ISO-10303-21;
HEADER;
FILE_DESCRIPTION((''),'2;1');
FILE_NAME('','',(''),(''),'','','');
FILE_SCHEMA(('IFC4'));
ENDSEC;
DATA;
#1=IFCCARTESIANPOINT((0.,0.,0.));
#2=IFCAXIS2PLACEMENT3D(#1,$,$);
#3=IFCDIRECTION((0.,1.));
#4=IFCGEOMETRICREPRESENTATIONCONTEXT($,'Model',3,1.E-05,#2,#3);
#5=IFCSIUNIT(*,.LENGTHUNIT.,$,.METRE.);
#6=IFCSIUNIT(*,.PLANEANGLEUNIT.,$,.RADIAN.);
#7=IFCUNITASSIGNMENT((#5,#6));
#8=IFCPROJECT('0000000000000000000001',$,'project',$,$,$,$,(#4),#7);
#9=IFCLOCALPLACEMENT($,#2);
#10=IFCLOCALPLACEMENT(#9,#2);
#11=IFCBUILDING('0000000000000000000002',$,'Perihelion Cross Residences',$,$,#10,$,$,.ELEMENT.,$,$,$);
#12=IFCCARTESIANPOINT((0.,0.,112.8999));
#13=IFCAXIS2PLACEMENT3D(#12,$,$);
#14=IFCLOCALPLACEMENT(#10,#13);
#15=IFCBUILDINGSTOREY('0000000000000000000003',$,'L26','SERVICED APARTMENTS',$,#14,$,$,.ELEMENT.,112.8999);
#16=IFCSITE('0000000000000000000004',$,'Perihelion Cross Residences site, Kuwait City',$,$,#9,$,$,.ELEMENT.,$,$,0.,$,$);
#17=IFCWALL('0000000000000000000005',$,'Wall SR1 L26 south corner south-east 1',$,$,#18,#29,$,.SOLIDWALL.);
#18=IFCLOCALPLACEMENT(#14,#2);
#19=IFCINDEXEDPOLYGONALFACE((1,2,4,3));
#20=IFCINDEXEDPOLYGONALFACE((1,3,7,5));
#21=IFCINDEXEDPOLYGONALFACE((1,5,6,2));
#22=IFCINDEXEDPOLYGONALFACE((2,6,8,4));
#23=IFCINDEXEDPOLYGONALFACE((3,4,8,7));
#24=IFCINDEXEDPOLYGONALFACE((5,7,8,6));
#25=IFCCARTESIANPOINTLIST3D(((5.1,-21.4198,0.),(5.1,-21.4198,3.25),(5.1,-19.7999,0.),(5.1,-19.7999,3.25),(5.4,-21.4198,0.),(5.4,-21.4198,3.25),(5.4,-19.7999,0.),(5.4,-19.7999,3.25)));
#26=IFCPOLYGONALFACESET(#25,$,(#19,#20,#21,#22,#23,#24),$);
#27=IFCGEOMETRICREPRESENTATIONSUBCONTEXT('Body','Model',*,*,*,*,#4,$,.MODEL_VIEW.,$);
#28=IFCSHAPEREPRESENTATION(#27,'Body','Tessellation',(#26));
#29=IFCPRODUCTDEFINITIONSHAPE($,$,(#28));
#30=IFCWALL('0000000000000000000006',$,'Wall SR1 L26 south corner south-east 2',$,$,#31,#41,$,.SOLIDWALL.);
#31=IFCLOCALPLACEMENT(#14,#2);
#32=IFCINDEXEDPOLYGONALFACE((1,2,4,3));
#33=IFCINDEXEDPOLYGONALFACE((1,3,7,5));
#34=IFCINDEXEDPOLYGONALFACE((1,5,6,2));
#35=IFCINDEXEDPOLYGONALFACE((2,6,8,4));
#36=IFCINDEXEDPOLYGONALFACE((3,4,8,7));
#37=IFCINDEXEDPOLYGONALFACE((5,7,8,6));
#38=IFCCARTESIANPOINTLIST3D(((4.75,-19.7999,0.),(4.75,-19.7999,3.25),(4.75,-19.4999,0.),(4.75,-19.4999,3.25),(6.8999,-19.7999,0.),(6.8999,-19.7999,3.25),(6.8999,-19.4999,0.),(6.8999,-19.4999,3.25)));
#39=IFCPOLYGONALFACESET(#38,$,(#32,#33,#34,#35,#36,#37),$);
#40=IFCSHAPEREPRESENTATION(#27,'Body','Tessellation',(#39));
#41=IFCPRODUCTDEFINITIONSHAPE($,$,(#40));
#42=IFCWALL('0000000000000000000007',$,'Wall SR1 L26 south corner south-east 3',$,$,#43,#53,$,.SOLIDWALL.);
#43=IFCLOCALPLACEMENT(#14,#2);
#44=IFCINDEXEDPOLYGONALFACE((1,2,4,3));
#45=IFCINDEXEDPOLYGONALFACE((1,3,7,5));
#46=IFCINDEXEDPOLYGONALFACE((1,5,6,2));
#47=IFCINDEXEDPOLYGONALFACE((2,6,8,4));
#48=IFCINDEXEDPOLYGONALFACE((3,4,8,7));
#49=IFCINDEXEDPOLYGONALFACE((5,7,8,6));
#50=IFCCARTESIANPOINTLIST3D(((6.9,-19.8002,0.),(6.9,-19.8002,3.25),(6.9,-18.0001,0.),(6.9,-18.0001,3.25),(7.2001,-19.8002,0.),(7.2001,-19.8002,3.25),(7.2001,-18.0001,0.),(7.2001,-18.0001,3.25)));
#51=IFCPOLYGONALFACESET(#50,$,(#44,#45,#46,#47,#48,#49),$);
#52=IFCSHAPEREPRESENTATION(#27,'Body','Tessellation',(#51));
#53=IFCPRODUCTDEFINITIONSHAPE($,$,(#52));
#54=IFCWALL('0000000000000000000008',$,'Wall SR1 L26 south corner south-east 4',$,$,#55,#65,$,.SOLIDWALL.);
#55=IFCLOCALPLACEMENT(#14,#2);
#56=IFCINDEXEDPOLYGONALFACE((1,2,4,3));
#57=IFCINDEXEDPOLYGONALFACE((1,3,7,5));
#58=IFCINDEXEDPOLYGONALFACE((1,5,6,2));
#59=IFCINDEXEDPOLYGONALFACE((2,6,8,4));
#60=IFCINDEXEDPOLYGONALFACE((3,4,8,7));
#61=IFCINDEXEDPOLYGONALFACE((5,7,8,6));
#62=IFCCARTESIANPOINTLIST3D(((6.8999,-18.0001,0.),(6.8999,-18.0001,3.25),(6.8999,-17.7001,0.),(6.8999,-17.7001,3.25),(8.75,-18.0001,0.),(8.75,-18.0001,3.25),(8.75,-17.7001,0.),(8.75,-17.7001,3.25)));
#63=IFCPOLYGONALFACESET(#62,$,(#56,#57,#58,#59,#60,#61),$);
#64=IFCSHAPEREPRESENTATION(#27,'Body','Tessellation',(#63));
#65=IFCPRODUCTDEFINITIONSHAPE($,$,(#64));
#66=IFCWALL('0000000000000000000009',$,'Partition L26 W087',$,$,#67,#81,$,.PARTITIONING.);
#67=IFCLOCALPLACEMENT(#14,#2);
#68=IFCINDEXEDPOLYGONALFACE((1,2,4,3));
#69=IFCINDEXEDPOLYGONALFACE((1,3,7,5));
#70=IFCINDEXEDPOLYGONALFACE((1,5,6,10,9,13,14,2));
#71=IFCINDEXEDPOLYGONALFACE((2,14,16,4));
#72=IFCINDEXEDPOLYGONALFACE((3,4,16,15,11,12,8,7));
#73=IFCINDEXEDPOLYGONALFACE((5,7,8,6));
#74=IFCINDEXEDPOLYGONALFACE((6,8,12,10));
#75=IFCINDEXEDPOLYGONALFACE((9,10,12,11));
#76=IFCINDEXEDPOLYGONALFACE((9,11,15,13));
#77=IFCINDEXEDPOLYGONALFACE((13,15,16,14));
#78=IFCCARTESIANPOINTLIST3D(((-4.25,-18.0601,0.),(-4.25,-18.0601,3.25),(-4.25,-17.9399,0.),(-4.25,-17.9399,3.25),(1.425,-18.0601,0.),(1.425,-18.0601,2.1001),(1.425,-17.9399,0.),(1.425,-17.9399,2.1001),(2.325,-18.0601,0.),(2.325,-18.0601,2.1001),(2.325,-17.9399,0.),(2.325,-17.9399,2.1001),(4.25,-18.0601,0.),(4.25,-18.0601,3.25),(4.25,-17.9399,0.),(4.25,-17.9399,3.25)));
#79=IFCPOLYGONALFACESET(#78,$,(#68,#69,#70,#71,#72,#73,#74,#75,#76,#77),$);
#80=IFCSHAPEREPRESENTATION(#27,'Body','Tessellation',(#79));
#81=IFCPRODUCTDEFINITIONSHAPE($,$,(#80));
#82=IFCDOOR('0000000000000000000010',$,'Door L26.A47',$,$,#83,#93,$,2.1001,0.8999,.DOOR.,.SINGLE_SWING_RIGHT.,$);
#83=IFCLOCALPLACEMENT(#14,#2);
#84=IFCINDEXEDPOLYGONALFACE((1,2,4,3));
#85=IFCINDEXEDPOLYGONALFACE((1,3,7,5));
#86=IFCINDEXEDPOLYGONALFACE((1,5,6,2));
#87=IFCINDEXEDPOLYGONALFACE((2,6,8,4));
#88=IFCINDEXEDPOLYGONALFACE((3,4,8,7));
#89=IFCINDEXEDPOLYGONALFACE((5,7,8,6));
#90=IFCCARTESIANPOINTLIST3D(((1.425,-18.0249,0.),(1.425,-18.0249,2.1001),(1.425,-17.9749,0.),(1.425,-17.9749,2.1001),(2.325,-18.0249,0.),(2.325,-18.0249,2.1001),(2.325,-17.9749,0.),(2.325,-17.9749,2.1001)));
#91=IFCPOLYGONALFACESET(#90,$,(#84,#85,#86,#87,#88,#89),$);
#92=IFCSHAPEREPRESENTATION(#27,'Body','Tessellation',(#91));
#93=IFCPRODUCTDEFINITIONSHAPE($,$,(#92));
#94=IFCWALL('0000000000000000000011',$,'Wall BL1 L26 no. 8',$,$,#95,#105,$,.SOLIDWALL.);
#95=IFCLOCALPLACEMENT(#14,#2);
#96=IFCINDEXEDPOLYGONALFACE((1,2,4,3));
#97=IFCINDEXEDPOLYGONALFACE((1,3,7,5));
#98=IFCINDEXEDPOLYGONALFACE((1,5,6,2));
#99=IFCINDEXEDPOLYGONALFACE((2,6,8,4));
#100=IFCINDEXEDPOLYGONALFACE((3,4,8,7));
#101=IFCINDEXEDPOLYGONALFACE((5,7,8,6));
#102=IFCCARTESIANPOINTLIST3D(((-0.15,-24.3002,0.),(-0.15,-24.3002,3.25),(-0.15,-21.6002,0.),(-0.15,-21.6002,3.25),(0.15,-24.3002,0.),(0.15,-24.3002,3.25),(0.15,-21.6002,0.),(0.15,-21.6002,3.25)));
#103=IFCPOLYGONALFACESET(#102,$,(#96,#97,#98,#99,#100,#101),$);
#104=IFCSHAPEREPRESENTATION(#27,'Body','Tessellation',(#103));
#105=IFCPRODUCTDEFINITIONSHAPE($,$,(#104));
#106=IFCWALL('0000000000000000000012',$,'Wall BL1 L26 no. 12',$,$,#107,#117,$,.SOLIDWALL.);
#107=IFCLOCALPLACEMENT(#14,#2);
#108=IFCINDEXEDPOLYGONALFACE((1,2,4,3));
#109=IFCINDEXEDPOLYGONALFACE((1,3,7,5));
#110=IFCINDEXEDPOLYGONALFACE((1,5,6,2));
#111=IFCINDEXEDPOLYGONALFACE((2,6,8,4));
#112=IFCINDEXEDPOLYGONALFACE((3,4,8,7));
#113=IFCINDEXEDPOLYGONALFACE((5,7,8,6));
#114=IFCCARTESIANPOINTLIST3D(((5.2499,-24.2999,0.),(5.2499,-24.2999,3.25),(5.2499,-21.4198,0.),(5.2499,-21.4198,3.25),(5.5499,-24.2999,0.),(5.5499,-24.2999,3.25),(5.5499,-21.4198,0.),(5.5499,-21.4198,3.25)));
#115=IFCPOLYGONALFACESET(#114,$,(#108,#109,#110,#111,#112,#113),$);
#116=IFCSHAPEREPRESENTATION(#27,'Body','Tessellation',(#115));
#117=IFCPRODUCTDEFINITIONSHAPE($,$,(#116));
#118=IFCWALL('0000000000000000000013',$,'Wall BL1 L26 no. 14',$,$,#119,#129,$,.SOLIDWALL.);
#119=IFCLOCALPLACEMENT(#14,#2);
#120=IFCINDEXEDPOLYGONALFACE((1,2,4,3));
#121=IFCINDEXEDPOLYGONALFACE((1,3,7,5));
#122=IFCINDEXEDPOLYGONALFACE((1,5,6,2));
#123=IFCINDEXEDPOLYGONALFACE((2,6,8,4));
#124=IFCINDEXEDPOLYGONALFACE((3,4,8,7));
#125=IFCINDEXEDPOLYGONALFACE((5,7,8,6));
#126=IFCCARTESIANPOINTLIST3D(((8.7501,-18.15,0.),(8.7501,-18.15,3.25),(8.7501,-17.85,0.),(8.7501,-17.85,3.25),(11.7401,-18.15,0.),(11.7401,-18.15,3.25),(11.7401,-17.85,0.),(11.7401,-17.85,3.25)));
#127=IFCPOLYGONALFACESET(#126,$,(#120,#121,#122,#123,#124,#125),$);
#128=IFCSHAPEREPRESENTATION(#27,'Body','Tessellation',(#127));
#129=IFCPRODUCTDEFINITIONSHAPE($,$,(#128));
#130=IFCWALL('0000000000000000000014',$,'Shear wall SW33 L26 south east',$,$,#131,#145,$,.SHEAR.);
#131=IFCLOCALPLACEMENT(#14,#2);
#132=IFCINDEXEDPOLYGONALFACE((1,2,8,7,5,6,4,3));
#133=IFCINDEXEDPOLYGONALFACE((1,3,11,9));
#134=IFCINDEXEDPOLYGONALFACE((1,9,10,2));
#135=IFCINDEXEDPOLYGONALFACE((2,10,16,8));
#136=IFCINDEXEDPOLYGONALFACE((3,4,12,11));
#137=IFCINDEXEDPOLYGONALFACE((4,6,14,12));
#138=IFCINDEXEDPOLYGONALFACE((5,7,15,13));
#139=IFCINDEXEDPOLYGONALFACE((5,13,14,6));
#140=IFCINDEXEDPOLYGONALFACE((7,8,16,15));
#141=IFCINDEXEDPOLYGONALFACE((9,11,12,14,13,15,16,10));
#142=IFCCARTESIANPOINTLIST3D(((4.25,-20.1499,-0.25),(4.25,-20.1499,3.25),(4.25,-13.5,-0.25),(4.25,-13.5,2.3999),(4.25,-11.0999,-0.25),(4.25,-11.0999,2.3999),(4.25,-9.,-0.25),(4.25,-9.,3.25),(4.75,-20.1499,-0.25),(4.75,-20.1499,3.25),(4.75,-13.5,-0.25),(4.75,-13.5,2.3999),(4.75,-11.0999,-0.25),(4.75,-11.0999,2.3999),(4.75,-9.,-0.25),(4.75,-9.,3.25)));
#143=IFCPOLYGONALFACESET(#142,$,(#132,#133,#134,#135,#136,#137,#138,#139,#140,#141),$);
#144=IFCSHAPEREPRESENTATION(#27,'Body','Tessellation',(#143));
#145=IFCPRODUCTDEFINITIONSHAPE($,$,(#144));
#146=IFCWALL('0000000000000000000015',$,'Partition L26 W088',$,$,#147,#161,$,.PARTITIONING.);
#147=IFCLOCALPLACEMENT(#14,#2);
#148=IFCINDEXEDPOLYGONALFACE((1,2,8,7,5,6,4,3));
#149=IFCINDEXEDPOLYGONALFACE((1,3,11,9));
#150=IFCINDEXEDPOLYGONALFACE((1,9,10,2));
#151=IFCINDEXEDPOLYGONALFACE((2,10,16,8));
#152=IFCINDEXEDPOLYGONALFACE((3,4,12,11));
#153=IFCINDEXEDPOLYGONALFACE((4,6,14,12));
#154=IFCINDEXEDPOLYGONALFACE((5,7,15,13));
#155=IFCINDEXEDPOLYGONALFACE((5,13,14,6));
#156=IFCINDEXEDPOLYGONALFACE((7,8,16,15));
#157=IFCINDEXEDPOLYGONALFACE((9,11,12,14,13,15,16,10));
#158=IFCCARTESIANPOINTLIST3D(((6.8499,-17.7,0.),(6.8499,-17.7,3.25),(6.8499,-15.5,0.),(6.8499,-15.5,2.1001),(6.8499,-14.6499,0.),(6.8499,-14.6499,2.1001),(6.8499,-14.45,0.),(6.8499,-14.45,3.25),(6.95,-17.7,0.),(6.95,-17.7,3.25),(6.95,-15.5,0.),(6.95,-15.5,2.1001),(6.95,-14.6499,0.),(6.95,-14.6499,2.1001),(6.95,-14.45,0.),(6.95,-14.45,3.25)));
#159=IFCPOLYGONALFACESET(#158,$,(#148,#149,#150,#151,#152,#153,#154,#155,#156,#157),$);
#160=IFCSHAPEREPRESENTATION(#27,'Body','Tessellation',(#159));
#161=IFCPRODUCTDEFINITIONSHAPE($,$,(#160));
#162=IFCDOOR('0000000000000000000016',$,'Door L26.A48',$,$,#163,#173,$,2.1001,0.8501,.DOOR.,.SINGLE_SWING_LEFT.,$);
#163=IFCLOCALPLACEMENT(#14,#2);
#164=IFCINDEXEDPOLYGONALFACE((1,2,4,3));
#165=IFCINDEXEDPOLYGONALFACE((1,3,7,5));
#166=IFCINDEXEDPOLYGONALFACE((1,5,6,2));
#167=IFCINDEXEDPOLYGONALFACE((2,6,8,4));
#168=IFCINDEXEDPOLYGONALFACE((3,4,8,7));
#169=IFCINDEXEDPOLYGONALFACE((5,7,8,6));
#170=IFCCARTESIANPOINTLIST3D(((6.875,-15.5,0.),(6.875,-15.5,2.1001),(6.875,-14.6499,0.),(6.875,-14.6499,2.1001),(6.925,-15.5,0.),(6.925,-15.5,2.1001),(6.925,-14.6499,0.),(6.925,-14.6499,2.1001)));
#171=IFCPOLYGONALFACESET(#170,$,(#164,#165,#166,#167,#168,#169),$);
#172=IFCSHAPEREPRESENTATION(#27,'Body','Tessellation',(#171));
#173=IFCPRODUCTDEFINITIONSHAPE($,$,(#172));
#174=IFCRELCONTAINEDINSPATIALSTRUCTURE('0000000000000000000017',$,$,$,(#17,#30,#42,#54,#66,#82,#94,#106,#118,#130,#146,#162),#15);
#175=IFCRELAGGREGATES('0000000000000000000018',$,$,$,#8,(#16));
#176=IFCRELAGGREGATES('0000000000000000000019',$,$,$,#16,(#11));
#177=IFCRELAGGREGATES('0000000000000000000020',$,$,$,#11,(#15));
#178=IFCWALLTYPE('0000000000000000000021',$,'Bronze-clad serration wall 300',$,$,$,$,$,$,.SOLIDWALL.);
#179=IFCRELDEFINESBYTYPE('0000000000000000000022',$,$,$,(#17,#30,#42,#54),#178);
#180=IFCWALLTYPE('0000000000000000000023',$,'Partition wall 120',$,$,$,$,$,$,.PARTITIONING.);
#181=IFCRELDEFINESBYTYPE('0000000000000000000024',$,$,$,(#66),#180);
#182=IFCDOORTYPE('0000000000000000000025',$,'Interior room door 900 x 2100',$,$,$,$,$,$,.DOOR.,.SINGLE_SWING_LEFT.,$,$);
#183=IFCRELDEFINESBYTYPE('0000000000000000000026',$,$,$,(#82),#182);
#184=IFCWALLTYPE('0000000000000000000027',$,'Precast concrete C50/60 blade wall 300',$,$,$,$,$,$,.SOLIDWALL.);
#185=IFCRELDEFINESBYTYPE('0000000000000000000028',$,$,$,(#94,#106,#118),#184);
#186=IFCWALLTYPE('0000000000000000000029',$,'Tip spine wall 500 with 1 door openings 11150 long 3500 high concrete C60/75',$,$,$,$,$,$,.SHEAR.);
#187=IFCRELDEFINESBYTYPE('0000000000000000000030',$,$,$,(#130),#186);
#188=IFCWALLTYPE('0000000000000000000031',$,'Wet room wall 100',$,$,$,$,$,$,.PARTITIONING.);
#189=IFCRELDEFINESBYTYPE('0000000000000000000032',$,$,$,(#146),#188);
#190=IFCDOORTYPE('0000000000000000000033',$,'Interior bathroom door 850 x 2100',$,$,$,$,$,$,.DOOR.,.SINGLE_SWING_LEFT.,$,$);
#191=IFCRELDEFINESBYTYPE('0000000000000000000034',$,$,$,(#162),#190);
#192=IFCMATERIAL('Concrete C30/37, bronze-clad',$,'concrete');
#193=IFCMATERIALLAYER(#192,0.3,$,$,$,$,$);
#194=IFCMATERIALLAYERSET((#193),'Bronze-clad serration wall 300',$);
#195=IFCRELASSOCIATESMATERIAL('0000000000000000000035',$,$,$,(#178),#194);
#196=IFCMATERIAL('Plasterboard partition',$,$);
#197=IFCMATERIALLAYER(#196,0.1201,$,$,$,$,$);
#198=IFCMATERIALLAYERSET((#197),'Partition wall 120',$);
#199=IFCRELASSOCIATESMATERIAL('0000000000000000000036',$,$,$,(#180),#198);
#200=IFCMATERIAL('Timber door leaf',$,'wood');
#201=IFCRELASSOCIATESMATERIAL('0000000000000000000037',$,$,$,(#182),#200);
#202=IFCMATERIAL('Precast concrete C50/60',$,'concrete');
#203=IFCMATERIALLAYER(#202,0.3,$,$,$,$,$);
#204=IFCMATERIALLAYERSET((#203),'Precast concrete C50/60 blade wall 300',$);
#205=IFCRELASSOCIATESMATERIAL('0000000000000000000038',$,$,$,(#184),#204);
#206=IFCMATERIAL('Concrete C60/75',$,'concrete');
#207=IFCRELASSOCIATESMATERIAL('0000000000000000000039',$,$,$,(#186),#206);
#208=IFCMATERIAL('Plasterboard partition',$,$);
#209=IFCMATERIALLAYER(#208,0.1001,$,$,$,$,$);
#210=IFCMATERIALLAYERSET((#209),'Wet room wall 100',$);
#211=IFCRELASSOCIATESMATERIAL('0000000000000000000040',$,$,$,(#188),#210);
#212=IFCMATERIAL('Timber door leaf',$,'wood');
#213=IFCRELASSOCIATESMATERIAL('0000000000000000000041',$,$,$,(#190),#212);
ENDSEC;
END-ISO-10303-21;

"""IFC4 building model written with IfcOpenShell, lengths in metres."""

from ifc_helpers import new_model, si_unit, direction, frame, frame_2d, origin, place, context, subcontext, project, spatial, polyline, rectangle, outline, extrude, material, layer, layer_set, material_profile, profile_set, type_object, element, fill, save


model = new_model("IFC4")

# Units and contexts
model_context = context("Model", 3, precision=1e-05, world=origin(), true_north=direction((0.0, 1.0)))
body_context = subcontext(model_context, "Body", "Model", "MODEL_VIEW")
ifc_project = project(units=[si_unit("LENGTHUNIT", "METRE"), si_unit("PLANEANGLEUNIT", "RADIAN")], contexts=[model_context])

# Site, building, storey
site_placement = place(None, origin())
site = spatial("IfcSite", under=ifc_project, at=site_placement, Name="Perihelion Cross Residences site, Kuwait City", CompositionType="ELEMENT", RefElevation=0.0)
building_placement = place(site_placement, origin())
building = spatial("IfcBuilding", under=site, at=building_placement, Name="Perihelion Cross Residences", CompositionType="ELEMENT")
storey_placement = place(building_placement, frame((0.0, 0.0, 112.8999)))
storey = spatial("IfcBuildingStorey", under=building, at=storey_placement, Name="L26", Description="SERVICED APARTMENTS", CompositionType="ELEMENT", Elevation=112.8999)

# Walls
ifc_material_1 = material(Name="Concrete C30/37, bronze-clad", Category="concrete")
ifc_layer_1 = layer(ifc_material_1, 0.3)
ifc_layer_set_1 = layer_set([ifc_layer_1], Name="Bronze-clad serration wall 300")
wall_type_1 = type_object("IfcWallType", Name="Bronze-clad serration wall 300", PredefinedType="SOLIDWALL", material=ifc_layer_set_1)
wall_1_placement = place(storey_placement, frame((5.25, -21.4199, 0.0), z_axis=(0.0, 0.0, 1.0), x_axis=(0.0, 1.0, 0.0)))
element("IfcWall", 1, at=wall_1_placement, inside=storey, type_object=wall_type_1, Name="Wall SR1 L26 south corner south-east 1", PredefinedType="SOLIDWALL", context=body_context, shape_type="SweptSolid", body=[
    extrude(rectangle(XDim=1.6199, YDim=0.3, at=frame_2d((0.8101, 0.0))), origin(), (0.0, 0.0, 1.0), 3.25),
])
wall_2_placement = place(storey_placement, frame((4.75, -19.6499, 0.0), z_axis=(0.0, 0.0, 1.0), x_axis=(1.0, 0.0, 0.0)))
element("IfcWall", 2, at=wall_2_placement, inside=storey, type_object=wall_type_1, Name="Wall SR1 L26 south corner south-east 2", PredefinedType="SOLIDWALL", context=body_context, shape_type="SweptSolid", body=[
    extrude(rectangle(XDim=2.1499, YDim=0.3, at=frame_2d((1.075, 0.0))), origin(), (0.0, 0.0, 1.0), 3.25),
])
wall_3_placement = place(storey_placement, frame((7.05, -19.8, 0.0), z_axis=(0.0, 0.0, 1.0), x_axis=(0.0, 1.0, 0.0)))
element("IfcWall", 3, at=wall_3_placement, inside=storey, type_object=wall_type_1, Name="Wall SR1 L26 south corner south-east 3", PredefinedType="SOLIDWALL", context=body_context, shape_type="SweptSolid", body=[
    extrude(rectangle(XDim=1.8, YDim=0.3, at=frame_2d((0.8999, 0.0))), origin(), (0.0, 0.0, 1.0), 3.25),
])
wall_4_placement = place(storey_placement, frame((6.8999, -17.8501, 0.0), z_axis=(0.0, 0.0, 1.0), x_axis=(1.0, 0.0, 0.0)))
element("IfcWall", 4, at=wall_4_placement, inside=storey, type_object=wall_type_1, Name="Wall SR1 L26 south corner south-east 4", PredefinedType="SOLIDWALL", context=body_context, shape_type="SweptSolid", body=[
    extrude(rectangle(XDim=1.8501, YDim=0.3, at=frame_2d((0.925, 0.0))), origin(), (0.0, 0.0, 1.0), 3.25),
])

# Wall, opening, door
ifc_material_2 = material(Name="Plasterboard partition")
ifc_layer_2 = layer(ifc_material_2, 0.1201)
ifc_layer_set_2 = layer_set([ifc_layer_2], Name="Partition wall 120")
wall_type_2 = type_object("IfcWallType", Name="Partition wall 120", PredefinedType="PARTITIONING", material=ifc_layer_set_2)
wall_5_placement = place(storey_placement, frame((4.25, -18.0, 0.0), z_axis=(0.0, 0.0, 1.0), x_axis=(-1.0, 0.0, 0.0)))
wall_5 = element("IfcWall", 5, at=wall_5_placement, inside=storey, type_object=wall_type_2, Name="Partition L26 W087", PredefinedType="PARTITIONING", context=body_context, shape_type="SweptSolid", body=[
    extrude(rectangle(XDim=8.5, YDim=0.1201, at=frame_2d((4.25, 0.0))), origin(), (0.0, 0.0, 1.0), 3.25),
])
opening_1_placement = place(wall_5_placement, frame((1.925, 0.0, 0.0)))
opening_1 = element("IfcOpeningElement", 6, at=opening_1_placement, cuts=wall_5, PredefinedType="OPENING", context=body_context, shape_type="SweptSolid", body=[
    extrude(rectangle(XDim=0.8999, YDim=2.1001, at=frame_2d((0.45, 1.05))), frame((0.0, 0.0701, 0.0), z_axis=(0.0, -1.0, 0.0), x_axis=(1.0, 0.0, 0.0)), (0.0, 0.0, 1.0), 0.1401),
])
ifc_material_3 = material(Name="Timber door leaf", Category="wood")
door_type_1 = type_object("IfcDoorType", Name="Interior room door 900 x 2100", OperationType="SINGLE_SWING_LEFT", PredefinedType="DOOR", material=ifc_material_3)
door_1_placement = place(opening_1_placement, origin())
door_1 = element("IfcDoor", 7, at=door_1_placement, inside=storey, type_object=door_type_1, Name="Door L26.A47", OperationType="SINGLE_SWING_RIGHT", OverallHeight=2.1001, OverallWidth=0.8999, PredefinedType="DOOR", context=body_context, shape_type="SweptSolid", body=[
    extrude(rectangle(XDim=0.8999, YDim=2.1001, at=frame_2d((0.45, 1.05))), frame((0.0, 0.0249, 0.0), z_axis=(0.0, -1.0, 0.0), x_axis=(1.0, 0.0, 0.0)), (0.0, 0.0, 1.0), 0.05),
])
fill(opening_1, door_1)

# Walls
ifc_material_4 = material(Name="Precast concrete C50/60", Category="concrete")
ifc_layer_3 = layer(ifc_material_4, 0.3)
ifc_layer_set_3 = layer_set([ifc_layer_3], Name="Precast concrete C50/60 blade wall 300")
wall_type_3 = type_object("IfcWallType", Name="Precast concrete C50/60 blade wall 300", PredefinedType="SOLIDWALL", material=ifc_layer_set_3)
wall_6_placement = place(storey_placement, frame((0.0, -21.6001, 0.0), z_axis=(0.0, 0.0, 1.0), x_axis=(0.0, -1.0, 0.0)))
element("IfcWall", 8, at=wall_6_placement, inside=storey, type_object=wall_type_3, Name="Wall BL1 L26 no. 8", PredefinedType="SOLIDWALL", context=body_context, shape_type="SweptSolid", body=[
    extrude(rectangle(XDim=2.7, YDim=0.3, at=frame_2d((1.3501, 0.0))), origin(), (0.0, 0.0, 1.0), 3.25),
])
wall_7_placement = place(storey_placement, frame((5.3999, -21.4199, 0.0), z_axis=(0.0, 0.0, 1.0), x_axis=(0.0, -1.0, 0.0)))
element("IfcWall", 9, at=wall_7_placement, inside=storey, type_object=wall_type_3, Name="Wall BL1 L26 no. 12", PredefinedType="SOLIDWALL", context=body_context, shape_type="SweptSolid", body=[
    extrude(rectangle(XDim=2.8801, YDim=0.3, at=frame_2d((1.4399, 0.0))), origin(), (0.0, 0.0, 1.0), 3.25),
])
wall_8_placement = place(storey_placement, frame((8.75, -18.0, 0.0), z_axis=(0.0, 0.0, 1.0), x_axis=(1.0, 0.0, 0.0)))
element("IfcWall", 10, at=wall_8_placement, inside=storey, type_object=wall_type_3, Name="Wall BL1 L26 no. 14", PredefinedType="SOLIDWALL", context=body_context, shape_type="SweptSolid", body=[
    extrude(rectangle(XDim=2.99, YDim=0.3, at=frame_2d((1.4951, 0.0))), origin(), (0.0, 0.0, 1.0), 3.25),
])
ifc_material_5 = material(Name="Concrete C60/75", Category="concrete")
ifc_material_profile_1 = material_profile(ifc_material_5, outline(polyline([(0.0, 0.0), (6.6499, 0.0), (6.6499, 2.6499), (9.05, 2.6499), (9.05, 0.0), (11.1499, 0.0), (11.1499, 3.5), (0.0, 3.5), (0.0, 0.0)])), Name="Tip spine wall")
ifc_profile_set_1 = profile_set([ifc_material_profile_1], Name="Concrete C60/75")
wall_type_4 = type_object("IfcWallType", Name="Tip spine wall 500 with 1 door openings 11150 long 3500 high concrete C60/75", PredefinedType="SHEAR", material=ifc_profile_set_1)
wall_9_placement = place(storey_placement, frame((4.25, -20.1499, -0.25), z_axis=(1.0, 0.0, 0.0), x_axis=(0.0, 1.0, 0.0)))
element("IfcWall", 11, at=wall_9_placement, inside=storey, type_object=wall_type_4, Name="Shear wall SW33 L26 south east", PredefinedType="SHEAR", context=body_context, shape_type="SweptSolid", body=[
    extrude(outline(polyline([(0.0, 0.0), (6.6499, 0.0), (6.6499, 2.6499), (9.05, 2.6499), (9.05, 0.0), (11.1499, 0.0), (11.1499, 3.5), (0.0, 3.5), (0.0, 0.0)])), origin(), (0.0, 0.0, 1.0), 0.5),
])

# Wall, opening, door
ifc_material_6 = material(Name="Plasterboard partition")
ifc_layer_4 = layer(ifc_material_6, 0.1001)
ifc_layer_set_4 = layer_set([ifc_layer_4], Name="Wet room wall 100")
wall_type_5 = type_object("IfcWallType", Name="Wet room wall 100", PredefinedType="PARTITIONING", material=ifc_layer_set_4)
wall_10_placement = place(storey_placement, frame((6.8999, -17.7, 0.0), z_axis=(0.0, 0.0, 1.0), x_axis=(0.0, 1.0, 0.0)))
wall_10 = element("IfcWall", 12, at=wall_10_placement, inside=storey, type_object=wall_type_5, Name="Partition L26 W088", PredefinedType="PARTITIONING", context=body_context, shape_type="SweptSolid", body=[
    extrude(rectangle(XDim=3.25, YDim=0.1001, at=frame_2d((1.625, 0.0))), origin(), (0.0, 0.0, 1.0), 3.25),
])
opening_2_placement = place(wall_10_placement, frame((2.2, 0.0, 0.0)))
opening_2 = element("IfcOpeningElement", 13, at=opening_2_placement, cuts=wall_10, PredefinedType="OPENING", context=body_context, shape_type="SweptSolid", body=[
    extrude(rectangle(XDim=0.8501, YDim=2.1001, at=frame_2d((0.425, 1.05))), frame((0.0, 0.0601, 0.0), z_axis=(0.0, -1.0, 0.0), x_axis=(1.0, 0.0, 0.0)), (0.0, 0.0, 1.0), 0.1201),
])
ifc_material_7 = material(Name="Timber door leaf", Category="wood")
door_type_2 = type_object("IfcDoorType", Name="Interior bathroom door 850 x 2100", OperationType="SINGLE_SWING_LEFT", PredefinedType="DOOR", material=ifc_material_7)
door_2_placement = place(opening_2_placement, origin())
door_2 = element("IfcDoor", 14, at=door_2_placement, inside=storey, type_object=door_type_2, Name="Door L26.A48", OperationType="SINGLE_SWING_LEFT", OverallHeight=2.1001, OverallWidth=0.8501, PredefinedType="DOOR", context=body_context, shape_type="SweptSolid", body=[
    extrude(rectangle(XDim=0.8501, YDim=2.1001, at=frame_2d((0.425, 1.05))), frame((0.0, 0.0249, 0.0), z_axis=(0.0, -1.0, 0.0), x_axis=(1.0, 0.0, 0.0)), (0.0, 0.0, 1.0), 0.05),
])
fill(opening_2, door_2)

save(model, "model.ifc")
